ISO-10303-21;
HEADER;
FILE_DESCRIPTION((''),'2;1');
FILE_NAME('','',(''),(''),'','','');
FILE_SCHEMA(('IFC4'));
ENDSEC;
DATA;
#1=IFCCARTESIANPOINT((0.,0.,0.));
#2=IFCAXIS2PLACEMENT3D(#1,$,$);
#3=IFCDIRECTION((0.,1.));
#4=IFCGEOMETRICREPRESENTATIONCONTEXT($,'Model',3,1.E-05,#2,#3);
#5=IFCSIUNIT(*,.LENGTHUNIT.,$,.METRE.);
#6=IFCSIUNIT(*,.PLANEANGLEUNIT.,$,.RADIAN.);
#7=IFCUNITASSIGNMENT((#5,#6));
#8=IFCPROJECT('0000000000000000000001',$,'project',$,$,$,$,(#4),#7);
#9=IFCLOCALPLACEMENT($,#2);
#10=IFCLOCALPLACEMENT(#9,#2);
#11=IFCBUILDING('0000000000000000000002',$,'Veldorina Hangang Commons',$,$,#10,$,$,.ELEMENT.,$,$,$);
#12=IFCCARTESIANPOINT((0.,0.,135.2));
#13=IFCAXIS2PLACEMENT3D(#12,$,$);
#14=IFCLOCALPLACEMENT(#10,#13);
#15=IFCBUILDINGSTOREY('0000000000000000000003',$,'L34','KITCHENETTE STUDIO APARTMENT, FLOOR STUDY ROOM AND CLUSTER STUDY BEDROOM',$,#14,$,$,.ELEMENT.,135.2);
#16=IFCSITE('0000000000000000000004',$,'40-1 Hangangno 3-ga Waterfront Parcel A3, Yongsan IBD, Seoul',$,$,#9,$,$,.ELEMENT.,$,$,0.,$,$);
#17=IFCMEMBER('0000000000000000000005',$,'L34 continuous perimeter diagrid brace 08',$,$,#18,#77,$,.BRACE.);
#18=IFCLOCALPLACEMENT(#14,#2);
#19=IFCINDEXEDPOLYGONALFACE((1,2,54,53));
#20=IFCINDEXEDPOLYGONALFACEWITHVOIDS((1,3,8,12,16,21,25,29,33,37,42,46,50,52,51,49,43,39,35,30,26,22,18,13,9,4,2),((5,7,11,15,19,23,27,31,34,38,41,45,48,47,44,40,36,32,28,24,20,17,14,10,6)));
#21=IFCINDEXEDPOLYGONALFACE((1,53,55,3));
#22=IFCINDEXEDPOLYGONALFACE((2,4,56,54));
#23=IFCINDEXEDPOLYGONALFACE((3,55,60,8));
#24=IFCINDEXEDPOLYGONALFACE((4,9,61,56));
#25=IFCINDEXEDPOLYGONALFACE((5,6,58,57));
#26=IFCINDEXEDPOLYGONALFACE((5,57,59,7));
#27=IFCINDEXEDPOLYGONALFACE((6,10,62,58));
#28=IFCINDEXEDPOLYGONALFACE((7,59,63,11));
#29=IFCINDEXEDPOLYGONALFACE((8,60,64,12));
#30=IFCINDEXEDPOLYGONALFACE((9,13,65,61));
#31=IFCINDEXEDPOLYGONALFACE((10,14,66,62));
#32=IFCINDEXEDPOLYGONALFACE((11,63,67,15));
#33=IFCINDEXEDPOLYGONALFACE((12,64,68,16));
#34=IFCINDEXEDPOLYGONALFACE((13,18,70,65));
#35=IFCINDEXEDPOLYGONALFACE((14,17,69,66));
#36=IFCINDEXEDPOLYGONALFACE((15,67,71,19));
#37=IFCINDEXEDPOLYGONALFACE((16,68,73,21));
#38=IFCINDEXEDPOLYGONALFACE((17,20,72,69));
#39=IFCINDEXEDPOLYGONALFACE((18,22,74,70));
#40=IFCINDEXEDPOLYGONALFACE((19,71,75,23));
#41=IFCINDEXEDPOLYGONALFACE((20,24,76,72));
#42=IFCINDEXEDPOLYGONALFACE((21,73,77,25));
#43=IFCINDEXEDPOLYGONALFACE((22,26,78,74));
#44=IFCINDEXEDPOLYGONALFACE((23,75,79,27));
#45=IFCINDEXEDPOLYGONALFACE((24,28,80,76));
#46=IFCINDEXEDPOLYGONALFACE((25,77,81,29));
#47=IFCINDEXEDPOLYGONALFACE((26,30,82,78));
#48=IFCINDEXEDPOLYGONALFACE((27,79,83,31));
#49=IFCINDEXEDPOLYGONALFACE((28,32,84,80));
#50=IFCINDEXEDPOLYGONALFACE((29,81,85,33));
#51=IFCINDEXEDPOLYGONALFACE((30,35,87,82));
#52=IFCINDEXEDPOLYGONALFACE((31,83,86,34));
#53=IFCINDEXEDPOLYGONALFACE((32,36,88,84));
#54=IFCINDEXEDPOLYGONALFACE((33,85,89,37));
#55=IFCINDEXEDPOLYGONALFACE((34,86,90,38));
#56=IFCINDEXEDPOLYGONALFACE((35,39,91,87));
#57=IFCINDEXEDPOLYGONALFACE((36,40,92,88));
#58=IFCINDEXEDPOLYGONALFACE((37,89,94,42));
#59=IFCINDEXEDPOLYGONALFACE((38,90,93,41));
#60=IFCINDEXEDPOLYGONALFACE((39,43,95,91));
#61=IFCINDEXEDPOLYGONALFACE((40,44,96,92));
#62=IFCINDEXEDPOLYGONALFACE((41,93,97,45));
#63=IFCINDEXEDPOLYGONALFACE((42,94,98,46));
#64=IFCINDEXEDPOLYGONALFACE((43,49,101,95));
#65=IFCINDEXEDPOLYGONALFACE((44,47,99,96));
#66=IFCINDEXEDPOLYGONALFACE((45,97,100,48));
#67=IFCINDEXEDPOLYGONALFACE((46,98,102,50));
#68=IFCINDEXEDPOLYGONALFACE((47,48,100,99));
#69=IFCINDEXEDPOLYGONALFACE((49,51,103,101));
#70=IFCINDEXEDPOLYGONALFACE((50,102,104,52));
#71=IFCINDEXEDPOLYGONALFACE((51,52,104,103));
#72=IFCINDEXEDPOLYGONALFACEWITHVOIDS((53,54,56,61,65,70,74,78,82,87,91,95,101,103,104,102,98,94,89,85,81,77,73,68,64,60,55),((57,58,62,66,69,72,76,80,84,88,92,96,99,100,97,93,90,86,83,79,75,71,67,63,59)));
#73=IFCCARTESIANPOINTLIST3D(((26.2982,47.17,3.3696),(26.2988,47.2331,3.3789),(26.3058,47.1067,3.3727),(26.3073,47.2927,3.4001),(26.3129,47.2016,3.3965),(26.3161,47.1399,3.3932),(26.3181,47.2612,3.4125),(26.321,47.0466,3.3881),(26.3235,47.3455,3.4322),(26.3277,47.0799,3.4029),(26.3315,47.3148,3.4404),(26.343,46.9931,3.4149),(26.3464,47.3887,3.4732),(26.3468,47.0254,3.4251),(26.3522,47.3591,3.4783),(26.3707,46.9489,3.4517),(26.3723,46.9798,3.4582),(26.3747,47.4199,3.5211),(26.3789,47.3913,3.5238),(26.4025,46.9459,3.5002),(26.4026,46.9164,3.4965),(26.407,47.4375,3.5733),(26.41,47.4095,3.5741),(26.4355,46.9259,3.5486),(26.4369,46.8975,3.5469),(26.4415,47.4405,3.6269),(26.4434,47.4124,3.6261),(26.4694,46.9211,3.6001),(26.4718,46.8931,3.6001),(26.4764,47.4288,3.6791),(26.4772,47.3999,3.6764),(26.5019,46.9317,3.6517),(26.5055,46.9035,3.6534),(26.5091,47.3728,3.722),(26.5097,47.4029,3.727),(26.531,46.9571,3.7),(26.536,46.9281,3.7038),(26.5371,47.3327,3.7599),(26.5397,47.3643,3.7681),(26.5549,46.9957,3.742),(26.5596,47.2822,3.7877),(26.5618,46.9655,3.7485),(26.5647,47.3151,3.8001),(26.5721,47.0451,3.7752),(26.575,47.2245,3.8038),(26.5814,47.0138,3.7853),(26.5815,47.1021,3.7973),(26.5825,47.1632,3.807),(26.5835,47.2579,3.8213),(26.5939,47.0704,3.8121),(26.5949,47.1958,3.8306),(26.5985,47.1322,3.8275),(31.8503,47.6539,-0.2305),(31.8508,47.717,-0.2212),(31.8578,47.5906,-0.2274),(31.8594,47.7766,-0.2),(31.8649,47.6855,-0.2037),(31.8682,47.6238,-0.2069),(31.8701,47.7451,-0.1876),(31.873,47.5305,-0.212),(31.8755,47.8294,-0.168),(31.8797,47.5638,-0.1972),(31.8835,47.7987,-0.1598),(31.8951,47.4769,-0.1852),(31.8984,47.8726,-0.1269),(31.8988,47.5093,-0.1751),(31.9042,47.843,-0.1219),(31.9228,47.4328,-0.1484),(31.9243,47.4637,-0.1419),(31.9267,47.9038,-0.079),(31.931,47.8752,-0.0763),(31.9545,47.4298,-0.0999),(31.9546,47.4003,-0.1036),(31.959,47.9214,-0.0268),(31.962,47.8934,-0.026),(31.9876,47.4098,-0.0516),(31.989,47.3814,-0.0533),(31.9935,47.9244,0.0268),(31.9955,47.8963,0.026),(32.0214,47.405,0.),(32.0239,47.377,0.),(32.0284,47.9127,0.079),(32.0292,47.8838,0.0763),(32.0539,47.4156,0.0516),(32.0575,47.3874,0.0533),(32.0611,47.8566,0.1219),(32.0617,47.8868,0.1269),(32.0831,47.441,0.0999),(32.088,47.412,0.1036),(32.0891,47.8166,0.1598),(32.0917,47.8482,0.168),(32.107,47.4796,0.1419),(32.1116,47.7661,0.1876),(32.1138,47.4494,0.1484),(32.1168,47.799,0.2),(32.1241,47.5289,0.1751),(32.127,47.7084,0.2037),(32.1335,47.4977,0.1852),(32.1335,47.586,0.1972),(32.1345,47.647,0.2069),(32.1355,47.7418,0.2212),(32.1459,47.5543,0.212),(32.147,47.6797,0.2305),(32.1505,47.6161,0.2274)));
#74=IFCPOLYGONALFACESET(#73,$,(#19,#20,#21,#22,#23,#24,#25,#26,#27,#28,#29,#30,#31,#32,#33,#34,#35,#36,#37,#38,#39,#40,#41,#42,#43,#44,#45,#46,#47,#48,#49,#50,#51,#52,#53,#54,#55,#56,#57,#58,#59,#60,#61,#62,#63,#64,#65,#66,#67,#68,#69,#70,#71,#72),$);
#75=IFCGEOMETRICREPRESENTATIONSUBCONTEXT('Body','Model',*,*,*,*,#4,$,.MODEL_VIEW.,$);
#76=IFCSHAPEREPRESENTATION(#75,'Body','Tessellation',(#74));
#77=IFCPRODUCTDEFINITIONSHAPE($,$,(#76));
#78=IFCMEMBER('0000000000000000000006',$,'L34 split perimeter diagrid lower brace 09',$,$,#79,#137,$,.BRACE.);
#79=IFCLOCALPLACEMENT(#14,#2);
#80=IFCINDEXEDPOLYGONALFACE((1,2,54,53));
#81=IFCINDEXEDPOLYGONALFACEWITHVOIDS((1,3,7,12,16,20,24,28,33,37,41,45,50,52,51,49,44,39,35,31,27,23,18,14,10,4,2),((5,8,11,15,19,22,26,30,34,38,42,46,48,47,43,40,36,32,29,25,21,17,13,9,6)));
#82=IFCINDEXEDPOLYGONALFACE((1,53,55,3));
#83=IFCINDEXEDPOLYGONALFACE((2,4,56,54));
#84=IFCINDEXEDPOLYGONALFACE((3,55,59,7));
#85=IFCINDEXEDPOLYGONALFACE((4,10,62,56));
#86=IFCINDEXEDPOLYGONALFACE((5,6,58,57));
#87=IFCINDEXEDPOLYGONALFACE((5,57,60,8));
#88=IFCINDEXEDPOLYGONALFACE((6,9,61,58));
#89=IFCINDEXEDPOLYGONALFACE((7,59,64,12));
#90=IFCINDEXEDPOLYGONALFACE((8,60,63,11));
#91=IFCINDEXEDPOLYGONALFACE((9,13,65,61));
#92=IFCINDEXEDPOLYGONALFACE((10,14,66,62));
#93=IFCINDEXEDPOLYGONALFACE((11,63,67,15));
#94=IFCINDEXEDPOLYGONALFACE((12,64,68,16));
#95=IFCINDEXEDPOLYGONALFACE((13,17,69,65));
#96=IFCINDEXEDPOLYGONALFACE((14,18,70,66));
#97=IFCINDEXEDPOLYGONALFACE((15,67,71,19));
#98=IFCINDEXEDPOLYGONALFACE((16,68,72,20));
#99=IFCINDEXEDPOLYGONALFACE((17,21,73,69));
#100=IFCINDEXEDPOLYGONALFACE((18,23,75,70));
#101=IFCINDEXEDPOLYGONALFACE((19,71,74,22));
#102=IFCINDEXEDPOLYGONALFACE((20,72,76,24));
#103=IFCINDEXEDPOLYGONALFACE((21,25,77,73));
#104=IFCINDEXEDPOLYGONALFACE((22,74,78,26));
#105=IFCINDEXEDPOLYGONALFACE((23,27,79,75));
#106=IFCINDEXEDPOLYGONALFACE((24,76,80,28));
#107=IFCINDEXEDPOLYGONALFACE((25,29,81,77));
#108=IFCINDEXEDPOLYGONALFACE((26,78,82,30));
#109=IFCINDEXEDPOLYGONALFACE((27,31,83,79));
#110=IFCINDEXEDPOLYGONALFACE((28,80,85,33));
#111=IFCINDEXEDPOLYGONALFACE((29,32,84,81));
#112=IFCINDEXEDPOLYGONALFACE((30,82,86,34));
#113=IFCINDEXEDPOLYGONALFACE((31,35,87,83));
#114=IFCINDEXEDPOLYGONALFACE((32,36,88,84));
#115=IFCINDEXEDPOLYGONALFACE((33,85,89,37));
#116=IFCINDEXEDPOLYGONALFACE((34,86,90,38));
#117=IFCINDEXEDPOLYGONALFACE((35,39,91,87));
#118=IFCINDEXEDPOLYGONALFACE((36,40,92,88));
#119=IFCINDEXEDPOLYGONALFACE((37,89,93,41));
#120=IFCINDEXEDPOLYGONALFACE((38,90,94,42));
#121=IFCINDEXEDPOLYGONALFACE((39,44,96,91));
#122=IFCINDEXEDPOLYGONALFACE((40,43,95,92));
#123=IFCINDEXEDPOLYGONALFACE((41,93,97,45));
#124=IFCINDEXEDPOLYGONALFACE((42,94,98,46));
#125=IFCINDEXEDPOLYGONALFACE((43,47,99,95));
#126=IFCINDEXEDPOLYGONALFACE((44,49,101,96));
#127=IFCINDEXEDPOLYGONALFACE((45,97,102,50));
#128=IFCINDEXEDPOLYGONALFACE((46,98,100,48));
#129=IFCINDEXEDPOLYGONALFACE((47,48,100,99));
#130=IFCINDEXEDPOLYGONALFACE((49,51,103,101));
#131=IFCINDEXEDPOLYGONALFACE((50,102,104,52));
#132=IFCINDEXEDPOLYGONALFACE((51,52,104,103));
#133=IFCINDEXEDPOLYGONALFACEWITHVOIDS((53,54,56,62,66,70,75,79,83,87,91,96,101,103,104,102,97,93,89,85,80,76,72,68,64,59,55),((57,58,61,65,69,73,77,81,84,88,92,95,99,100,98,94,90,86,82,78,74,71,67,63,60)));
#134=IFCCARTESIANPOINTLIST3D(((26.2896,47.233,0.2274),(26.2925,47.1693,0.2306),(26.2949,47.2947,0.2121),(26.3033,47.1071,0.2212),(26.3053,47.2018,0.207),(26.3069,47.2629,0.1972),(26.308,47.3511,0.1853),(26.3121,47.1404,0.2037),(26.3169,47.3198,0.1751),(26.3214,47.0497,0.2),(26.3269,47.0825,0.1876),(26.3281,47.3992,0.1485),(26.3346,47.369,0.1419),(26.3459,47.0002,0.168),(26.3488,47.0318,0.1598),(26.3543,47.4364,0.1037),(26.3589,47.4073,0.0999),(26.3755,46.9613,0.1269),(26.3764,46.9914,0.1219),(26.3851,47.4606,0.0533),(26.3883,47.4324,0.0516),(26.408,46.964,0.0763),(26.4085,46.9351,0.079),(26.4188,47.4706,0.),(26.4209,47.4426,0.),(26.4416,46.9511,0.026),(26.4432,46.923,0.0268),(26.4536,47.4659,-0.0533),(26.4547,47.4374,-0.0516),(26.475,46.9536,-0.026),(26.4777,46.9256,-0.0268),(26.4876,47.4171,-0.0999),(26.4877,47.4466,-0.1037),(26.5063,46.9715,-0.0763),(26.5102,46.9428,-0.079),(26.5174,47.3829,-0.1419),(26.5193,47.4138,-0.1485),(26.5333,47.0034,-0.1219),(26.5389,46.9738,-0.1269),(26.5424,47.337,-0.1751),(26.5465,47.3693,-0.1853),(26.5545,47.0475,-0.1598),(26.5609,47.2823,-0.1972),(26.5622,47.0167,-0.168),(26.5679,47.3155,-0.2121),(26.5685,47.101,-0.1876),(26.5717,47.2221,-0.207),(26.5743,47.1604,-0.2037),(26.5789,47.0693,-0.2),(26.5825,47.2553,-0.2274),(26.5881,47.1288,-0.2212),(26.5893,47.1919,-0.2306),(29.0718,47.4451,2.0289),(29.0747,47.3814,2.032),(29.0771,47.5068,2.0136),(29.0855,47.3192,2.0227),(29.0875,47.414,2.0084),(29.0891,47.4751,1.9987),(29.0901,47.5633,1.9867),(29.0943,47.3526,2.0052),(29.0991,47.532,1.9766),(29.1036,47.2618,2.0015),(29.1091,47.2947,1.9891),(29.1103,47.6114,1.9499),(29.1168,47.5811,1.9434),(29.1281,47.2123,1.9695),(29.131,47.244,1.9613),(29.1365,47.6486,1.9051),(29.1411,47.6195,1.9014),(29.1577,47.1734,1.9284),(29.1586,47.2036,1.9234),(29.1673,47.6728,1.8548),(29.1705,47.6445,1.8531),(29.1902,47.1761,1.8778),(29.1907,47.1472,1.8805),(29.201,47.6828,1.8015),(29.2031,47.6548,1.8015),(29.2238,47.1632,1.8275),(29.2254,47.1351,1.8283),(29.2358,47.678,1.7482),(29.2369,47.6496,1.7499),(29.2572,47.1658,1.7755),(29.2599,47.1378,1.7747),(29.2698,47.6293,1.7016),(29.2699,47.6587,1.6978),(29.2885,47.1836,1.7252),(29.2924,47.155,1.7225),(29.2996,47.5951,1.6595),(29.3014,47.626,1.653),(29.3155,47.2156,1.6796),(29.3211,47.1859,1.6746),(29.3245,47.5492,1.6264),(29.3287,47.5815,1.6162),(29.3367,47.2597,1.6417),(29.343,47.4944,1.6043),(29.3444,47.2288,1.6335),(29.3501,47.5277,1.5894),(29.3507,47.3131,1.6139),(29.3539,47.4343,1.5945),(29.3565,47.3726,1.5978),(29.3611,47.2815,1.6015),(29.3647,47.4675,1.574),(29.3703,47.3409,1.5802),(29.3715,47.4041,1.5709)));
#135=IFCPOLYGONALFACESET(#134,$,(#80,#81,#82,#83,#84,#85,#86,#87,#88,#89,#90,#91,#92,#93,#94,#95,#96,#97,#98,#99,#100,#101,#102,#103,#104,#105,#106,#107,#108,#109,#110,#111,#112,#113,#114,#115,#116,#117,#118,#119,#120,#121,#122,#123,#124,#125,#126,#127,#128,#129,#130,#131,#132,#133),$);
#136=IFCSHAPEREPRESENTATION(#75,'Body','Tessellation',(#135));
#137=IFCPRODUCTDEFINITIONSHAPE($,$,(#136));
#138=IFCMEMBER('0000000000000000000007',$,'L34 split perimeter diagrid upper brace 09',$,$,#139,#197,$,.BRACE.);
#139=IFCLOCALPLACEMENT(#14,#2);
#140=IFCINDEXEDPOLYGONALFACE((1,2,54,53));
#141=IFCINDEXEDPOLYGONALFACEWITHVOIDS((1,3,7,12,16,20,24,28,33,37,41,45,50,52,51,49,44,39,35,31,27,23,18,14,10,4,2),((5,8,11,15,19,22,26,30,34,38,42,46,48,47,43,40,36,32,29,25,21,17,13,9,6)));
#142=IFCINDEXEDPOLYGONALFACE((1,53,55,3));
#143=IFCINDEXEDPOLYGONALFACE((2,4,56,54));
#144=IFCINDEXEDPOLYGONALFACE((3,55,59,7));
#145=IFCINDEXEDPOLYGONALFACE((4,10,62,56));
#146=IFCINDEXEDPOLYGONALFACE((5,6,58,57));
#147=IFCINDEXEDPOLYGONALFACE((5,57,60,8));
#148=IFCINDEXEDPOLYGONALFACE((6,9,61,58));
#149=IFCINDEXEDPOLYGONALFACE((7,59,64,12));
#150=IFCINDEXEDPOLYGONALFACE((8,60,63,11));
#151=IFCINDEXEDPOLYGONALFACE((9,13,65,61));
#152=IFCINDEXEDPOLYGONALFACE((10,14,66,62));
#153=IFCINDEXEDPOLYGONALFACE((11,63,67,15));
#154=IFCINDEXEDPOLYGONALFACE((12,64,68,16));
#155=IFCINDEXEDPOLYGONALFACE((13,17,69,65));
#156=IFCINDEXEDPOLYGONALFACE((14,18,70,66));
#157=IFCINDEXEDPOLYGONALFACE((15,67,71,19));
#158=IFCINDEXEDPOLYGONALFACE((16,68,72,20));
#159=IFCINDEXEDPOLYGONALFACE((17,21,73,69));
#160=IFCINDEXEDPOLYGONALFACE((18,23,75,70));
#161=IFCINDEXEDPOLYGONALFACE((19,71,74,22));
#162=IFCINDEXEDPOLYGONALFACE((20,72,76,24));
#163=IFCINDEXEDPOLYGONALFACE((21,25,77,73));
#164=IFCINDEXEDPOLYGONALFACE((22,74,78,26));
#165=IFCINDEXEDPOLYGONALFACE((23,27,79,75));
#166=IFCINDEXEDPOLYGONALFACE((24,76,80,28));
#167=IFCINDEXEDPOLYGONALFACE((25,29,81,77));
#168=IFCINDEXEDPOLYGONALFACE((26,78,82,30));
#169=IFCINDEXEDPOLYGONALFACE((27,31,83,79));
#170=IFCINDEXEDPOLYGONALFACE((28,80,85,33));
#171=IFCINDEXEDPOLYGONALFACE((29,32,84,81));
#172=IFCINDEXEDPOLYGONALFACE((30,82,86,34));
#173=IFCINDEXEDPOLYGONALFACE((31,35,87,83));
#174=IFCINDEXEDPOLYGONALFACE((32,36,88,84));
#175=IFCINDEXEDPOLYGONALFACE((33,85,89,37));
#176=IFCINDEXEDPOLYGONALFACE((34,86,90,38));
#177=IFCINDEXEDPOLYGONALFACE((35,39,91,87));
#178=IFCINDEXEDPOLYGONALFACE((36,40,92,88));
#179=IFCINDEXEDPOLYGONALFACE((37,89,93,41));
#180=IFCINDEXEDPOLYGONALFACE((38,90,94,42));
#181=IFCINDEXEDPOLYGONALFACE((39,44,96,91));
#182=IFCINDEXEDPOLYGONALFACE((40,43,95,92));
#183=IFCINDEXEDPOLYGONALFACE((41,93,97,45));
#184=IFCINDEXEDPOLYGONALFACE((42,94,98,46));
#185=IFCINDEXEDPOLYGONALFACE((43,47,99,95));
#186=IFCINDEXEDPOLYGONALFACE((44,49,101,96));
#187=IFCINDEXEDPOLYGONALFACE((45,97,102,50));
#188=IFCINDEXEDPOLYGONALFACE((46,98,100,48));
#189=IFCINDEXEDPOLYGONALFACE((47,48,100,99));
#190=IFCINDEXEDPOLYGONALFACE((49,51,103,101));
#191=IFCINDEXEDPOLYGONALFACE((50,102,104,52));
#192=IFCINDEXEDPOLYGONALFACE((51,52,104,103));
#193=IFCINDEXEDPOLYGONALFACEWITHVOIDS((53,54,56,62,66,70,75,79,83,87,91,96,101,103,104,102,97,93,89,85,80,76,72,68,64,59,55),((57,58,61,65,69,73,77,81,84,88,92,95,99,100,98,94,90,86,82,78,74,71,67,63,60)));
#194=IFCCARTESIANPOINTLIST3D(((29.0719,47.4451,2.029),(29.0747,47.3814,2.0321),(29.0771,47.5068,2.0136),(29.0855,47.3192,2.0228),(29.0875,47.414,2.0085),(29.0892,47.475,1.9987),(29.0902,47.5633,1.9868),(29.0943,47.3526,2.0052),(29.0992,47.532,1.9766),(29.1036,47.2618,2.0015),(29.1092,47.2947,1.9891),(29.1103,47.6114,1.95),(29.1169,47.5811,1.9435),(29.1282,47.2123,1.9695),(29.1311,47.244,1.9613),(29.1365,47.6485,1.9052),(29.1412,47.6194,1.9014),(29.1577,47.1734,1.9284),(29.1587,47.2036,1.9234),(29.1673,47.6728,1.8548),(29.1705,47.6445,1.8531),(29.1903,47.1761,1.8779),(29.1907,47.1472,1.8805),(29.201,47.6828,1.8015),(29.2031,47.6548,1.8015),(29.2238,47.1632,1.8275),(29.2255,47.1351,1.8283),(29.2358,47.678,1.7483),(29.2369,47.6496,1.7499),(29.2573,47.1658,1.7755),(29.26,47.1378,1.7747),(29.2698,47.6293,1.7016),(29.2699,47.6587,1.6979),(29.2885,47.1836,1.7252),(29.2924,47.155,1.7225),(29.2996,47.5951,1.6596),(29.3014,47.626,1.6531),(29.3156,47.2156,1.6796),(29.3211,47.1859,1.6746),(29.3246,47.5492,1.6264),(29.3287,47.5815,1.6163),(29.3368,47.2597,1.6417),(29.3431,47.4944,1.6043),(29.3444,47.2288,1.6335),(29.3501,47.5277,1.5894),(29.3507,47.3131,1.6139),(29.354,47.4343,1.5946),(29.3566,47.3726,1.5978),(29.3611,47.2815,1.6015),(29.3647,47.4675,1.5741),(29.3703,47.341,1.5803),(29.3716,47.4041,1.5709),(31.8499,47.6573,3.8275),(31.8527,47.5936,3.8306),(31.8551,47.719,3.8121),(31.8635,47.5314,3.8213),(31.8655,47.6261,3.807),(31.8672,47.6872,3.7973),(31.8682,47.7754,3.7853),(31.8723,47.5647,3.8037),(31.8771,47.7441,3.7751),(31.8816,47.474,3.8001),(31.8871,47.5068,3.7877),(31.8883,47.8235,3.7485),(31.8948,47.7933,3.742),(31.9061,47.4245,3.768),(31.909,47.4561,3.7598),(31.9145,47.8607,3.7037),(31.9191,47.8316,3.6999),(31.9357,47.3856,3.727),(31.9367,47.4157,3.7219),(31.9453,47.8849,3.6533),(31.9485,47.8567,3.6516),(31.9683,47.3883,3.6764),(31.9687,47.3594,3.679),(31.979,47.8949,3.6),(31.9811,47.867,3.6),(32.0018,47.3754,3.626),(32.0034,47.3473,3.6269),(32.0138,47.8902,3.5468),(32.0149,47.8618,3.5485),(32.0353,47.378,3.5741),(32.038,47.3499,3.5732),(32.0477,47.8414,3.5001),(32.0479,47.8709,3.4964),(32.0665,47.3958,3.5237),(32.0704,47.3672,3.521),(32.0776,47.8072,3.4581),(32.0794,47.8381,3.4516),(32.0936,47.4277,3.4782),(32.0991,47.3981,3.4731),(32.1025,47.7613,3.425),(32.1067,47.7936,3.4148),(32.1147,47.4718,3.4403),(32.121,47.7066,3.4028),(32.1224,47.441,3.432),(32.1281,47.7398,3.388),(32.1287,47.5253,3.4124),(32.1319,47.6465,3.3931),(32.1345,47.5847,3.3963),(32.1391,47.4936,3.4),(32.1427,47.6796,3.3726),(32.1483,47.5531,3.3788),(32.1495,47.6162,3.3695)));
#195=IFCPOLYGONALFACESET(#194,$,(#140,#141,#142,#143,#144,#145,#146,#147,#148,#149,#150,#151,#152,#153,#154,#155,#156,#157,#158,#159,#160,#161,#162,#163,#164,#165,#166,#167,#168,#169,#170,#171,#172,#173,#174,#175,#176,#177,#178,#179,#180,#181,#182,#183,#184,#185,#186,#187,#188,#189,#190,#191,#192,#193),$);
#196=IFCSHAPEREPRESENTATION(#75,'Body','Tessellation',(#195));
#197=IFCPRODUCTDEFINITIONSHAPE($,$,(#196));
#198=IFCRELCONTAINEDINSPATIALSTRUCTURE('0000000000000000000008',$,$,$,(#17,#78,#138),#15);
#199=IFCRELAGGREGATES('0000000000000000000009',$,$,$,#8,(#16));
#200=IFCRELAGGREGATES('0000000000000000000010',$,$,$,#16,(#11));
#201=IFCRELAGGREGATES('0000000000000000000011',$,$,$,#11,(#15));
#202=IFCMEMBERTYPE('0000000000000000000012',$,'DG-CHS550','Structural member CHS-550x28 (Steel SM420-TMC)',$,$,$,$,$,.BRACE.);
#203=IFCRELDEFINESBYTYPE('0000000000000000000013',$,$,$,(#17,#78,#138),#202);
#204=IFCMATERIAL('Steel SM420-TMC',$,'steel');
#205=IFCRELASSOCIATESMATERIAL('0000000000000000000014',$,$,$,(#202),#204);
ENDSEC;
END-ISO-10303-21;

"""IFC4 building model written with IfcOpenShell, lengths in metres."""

from ifc_helpers import new_model, si_unit, direction, frame, origin, origin_2d, place, context, subcontext, project, spatial, hollow_circle, extrude, material, material_profile, profile_set, type_object, element, save


model = new_model("IFC4")

# Units and contexts
model_context = context("Model", 3, precision=1e-05, world=origin(), true_north=direction((0.0, 1.0)))
body_context = subcontext(model_context, "Body", "Model", "MODEL_VIEW")
ifc_project = project(units=[si_unit("LENGTHUNIT", "METRE"), si_unit("PLANEANGLEUNIT", "RADIAN")], contexts=[model_context])

# Site, building, storey
site_placement = place(None, origin())
site = spatial("IfcSite", under=ifc_project, at=site_placement, Name="40-1 Hangangno 3-ga Waterfront Parcel A3, Yongsan IBD, Seoul", CompositionType="ELEMENT", RefElevation=0.0)
building_placement = place(site_placement, origin())
building = spatial("IfcBuilding", under=site, at=building_placement, Name="Veldorina Hangang Commons", CompositionType="ELEMENT")
storey_placement = place(building_placement, frame((0.0, 0.0, 135.2)))
storey = spatial("IfcBuildingStorey", under=building, at=storey_placement, Name="L34", Description="KITCHENETTE STUDIO APARTMENT, FLOOR STUDY ROOM AND CLUSTER STUDY BEDROOM", CompositionType="ELEMENT", Elevation=135.2)

# Shared definitions
ifc_material_1 = material(Name="Steel SM420-TMC", Category="steel")

# Members
ifc_material_profile_1 = material_profile(ifc_material_1, hollow_circle(Radius=0.2749, WallThickness=0.0281, at=origin_2d()), Name="CHS-550x28")
ifc_profile_set_1 = profile_set([ifc_material_profile_1], Name="Steel SM420-TMC")
member_type = type_object("IfcMemberType", Name="DG-CHS550", Description="Structural member CHS-550x28 (Steel SM420-TMC)", PredefinedType="BRACE", material=ifc_profile_set_1)
member_1_placement = place(storey_placement, frame((32.0, 47.6509, 0.0), z_axis=(-0.83681, -0.072932, 0.542614), x_axis=(0.086826, -0.996223, 0.0)))
element("IfcMember", 1, at=member_1_placement, inside=storey, type_object=member_type, Name="L34 continuous perimeter diagrid brace 08", PredefinedType="BRACE", context=body_context, shape_type="SweptSolid", body=[
    extrude(hollow_circle(Radius=0.2749, WallThickness=0.0281, at=origin_2d()), origin(), (0.0, 0.0, 1.0), 6.6348),
])
member_2_placement = place(storey_placement, frame((26.4397, 47.1965, 0.0), z_axis=(0.837684, 0.063877, 0.542407), x_axis=(-0.076034, 0.997105, 0.0)))
element("IfcMember", 2, at=member_2_placement, inside=storey, type_object=member_type, Name="L34 split perimeter diagrid lower brace 09", PredefinedType="BRACE", context=body_context, shape_type="SweptSolid", body=[
    extrude(hollow_circle(Radius=0.2749, WallThickness=0.0281, at=origin_2d()), origin(), (0.0, 0.0, 1.0), 3.3213),
])
member_3_placement = place(storey_placement, frame((29.2219, 47.4087, 1.8015), z_axis=(0.837712, 0.063975, 0.542352), x_axis=(-0.076147, 0.997097, 0.0)))
element("IfcMember", 3, at=member_3_placement, inside=storey, type_object=member_type, Name="L34 split perimeter diagrid upper brace 09", PredefinedType="BRACE", context=body_context, shape_type="SweptSolid", body=[
    extrude(hollow_circle(Radius=0.2749, WallThickness=0.0281, at=origin_2d()), origin(), (0.0, 0.0, 1.0), 3.3162),
])

save(model, "model.ifc")
